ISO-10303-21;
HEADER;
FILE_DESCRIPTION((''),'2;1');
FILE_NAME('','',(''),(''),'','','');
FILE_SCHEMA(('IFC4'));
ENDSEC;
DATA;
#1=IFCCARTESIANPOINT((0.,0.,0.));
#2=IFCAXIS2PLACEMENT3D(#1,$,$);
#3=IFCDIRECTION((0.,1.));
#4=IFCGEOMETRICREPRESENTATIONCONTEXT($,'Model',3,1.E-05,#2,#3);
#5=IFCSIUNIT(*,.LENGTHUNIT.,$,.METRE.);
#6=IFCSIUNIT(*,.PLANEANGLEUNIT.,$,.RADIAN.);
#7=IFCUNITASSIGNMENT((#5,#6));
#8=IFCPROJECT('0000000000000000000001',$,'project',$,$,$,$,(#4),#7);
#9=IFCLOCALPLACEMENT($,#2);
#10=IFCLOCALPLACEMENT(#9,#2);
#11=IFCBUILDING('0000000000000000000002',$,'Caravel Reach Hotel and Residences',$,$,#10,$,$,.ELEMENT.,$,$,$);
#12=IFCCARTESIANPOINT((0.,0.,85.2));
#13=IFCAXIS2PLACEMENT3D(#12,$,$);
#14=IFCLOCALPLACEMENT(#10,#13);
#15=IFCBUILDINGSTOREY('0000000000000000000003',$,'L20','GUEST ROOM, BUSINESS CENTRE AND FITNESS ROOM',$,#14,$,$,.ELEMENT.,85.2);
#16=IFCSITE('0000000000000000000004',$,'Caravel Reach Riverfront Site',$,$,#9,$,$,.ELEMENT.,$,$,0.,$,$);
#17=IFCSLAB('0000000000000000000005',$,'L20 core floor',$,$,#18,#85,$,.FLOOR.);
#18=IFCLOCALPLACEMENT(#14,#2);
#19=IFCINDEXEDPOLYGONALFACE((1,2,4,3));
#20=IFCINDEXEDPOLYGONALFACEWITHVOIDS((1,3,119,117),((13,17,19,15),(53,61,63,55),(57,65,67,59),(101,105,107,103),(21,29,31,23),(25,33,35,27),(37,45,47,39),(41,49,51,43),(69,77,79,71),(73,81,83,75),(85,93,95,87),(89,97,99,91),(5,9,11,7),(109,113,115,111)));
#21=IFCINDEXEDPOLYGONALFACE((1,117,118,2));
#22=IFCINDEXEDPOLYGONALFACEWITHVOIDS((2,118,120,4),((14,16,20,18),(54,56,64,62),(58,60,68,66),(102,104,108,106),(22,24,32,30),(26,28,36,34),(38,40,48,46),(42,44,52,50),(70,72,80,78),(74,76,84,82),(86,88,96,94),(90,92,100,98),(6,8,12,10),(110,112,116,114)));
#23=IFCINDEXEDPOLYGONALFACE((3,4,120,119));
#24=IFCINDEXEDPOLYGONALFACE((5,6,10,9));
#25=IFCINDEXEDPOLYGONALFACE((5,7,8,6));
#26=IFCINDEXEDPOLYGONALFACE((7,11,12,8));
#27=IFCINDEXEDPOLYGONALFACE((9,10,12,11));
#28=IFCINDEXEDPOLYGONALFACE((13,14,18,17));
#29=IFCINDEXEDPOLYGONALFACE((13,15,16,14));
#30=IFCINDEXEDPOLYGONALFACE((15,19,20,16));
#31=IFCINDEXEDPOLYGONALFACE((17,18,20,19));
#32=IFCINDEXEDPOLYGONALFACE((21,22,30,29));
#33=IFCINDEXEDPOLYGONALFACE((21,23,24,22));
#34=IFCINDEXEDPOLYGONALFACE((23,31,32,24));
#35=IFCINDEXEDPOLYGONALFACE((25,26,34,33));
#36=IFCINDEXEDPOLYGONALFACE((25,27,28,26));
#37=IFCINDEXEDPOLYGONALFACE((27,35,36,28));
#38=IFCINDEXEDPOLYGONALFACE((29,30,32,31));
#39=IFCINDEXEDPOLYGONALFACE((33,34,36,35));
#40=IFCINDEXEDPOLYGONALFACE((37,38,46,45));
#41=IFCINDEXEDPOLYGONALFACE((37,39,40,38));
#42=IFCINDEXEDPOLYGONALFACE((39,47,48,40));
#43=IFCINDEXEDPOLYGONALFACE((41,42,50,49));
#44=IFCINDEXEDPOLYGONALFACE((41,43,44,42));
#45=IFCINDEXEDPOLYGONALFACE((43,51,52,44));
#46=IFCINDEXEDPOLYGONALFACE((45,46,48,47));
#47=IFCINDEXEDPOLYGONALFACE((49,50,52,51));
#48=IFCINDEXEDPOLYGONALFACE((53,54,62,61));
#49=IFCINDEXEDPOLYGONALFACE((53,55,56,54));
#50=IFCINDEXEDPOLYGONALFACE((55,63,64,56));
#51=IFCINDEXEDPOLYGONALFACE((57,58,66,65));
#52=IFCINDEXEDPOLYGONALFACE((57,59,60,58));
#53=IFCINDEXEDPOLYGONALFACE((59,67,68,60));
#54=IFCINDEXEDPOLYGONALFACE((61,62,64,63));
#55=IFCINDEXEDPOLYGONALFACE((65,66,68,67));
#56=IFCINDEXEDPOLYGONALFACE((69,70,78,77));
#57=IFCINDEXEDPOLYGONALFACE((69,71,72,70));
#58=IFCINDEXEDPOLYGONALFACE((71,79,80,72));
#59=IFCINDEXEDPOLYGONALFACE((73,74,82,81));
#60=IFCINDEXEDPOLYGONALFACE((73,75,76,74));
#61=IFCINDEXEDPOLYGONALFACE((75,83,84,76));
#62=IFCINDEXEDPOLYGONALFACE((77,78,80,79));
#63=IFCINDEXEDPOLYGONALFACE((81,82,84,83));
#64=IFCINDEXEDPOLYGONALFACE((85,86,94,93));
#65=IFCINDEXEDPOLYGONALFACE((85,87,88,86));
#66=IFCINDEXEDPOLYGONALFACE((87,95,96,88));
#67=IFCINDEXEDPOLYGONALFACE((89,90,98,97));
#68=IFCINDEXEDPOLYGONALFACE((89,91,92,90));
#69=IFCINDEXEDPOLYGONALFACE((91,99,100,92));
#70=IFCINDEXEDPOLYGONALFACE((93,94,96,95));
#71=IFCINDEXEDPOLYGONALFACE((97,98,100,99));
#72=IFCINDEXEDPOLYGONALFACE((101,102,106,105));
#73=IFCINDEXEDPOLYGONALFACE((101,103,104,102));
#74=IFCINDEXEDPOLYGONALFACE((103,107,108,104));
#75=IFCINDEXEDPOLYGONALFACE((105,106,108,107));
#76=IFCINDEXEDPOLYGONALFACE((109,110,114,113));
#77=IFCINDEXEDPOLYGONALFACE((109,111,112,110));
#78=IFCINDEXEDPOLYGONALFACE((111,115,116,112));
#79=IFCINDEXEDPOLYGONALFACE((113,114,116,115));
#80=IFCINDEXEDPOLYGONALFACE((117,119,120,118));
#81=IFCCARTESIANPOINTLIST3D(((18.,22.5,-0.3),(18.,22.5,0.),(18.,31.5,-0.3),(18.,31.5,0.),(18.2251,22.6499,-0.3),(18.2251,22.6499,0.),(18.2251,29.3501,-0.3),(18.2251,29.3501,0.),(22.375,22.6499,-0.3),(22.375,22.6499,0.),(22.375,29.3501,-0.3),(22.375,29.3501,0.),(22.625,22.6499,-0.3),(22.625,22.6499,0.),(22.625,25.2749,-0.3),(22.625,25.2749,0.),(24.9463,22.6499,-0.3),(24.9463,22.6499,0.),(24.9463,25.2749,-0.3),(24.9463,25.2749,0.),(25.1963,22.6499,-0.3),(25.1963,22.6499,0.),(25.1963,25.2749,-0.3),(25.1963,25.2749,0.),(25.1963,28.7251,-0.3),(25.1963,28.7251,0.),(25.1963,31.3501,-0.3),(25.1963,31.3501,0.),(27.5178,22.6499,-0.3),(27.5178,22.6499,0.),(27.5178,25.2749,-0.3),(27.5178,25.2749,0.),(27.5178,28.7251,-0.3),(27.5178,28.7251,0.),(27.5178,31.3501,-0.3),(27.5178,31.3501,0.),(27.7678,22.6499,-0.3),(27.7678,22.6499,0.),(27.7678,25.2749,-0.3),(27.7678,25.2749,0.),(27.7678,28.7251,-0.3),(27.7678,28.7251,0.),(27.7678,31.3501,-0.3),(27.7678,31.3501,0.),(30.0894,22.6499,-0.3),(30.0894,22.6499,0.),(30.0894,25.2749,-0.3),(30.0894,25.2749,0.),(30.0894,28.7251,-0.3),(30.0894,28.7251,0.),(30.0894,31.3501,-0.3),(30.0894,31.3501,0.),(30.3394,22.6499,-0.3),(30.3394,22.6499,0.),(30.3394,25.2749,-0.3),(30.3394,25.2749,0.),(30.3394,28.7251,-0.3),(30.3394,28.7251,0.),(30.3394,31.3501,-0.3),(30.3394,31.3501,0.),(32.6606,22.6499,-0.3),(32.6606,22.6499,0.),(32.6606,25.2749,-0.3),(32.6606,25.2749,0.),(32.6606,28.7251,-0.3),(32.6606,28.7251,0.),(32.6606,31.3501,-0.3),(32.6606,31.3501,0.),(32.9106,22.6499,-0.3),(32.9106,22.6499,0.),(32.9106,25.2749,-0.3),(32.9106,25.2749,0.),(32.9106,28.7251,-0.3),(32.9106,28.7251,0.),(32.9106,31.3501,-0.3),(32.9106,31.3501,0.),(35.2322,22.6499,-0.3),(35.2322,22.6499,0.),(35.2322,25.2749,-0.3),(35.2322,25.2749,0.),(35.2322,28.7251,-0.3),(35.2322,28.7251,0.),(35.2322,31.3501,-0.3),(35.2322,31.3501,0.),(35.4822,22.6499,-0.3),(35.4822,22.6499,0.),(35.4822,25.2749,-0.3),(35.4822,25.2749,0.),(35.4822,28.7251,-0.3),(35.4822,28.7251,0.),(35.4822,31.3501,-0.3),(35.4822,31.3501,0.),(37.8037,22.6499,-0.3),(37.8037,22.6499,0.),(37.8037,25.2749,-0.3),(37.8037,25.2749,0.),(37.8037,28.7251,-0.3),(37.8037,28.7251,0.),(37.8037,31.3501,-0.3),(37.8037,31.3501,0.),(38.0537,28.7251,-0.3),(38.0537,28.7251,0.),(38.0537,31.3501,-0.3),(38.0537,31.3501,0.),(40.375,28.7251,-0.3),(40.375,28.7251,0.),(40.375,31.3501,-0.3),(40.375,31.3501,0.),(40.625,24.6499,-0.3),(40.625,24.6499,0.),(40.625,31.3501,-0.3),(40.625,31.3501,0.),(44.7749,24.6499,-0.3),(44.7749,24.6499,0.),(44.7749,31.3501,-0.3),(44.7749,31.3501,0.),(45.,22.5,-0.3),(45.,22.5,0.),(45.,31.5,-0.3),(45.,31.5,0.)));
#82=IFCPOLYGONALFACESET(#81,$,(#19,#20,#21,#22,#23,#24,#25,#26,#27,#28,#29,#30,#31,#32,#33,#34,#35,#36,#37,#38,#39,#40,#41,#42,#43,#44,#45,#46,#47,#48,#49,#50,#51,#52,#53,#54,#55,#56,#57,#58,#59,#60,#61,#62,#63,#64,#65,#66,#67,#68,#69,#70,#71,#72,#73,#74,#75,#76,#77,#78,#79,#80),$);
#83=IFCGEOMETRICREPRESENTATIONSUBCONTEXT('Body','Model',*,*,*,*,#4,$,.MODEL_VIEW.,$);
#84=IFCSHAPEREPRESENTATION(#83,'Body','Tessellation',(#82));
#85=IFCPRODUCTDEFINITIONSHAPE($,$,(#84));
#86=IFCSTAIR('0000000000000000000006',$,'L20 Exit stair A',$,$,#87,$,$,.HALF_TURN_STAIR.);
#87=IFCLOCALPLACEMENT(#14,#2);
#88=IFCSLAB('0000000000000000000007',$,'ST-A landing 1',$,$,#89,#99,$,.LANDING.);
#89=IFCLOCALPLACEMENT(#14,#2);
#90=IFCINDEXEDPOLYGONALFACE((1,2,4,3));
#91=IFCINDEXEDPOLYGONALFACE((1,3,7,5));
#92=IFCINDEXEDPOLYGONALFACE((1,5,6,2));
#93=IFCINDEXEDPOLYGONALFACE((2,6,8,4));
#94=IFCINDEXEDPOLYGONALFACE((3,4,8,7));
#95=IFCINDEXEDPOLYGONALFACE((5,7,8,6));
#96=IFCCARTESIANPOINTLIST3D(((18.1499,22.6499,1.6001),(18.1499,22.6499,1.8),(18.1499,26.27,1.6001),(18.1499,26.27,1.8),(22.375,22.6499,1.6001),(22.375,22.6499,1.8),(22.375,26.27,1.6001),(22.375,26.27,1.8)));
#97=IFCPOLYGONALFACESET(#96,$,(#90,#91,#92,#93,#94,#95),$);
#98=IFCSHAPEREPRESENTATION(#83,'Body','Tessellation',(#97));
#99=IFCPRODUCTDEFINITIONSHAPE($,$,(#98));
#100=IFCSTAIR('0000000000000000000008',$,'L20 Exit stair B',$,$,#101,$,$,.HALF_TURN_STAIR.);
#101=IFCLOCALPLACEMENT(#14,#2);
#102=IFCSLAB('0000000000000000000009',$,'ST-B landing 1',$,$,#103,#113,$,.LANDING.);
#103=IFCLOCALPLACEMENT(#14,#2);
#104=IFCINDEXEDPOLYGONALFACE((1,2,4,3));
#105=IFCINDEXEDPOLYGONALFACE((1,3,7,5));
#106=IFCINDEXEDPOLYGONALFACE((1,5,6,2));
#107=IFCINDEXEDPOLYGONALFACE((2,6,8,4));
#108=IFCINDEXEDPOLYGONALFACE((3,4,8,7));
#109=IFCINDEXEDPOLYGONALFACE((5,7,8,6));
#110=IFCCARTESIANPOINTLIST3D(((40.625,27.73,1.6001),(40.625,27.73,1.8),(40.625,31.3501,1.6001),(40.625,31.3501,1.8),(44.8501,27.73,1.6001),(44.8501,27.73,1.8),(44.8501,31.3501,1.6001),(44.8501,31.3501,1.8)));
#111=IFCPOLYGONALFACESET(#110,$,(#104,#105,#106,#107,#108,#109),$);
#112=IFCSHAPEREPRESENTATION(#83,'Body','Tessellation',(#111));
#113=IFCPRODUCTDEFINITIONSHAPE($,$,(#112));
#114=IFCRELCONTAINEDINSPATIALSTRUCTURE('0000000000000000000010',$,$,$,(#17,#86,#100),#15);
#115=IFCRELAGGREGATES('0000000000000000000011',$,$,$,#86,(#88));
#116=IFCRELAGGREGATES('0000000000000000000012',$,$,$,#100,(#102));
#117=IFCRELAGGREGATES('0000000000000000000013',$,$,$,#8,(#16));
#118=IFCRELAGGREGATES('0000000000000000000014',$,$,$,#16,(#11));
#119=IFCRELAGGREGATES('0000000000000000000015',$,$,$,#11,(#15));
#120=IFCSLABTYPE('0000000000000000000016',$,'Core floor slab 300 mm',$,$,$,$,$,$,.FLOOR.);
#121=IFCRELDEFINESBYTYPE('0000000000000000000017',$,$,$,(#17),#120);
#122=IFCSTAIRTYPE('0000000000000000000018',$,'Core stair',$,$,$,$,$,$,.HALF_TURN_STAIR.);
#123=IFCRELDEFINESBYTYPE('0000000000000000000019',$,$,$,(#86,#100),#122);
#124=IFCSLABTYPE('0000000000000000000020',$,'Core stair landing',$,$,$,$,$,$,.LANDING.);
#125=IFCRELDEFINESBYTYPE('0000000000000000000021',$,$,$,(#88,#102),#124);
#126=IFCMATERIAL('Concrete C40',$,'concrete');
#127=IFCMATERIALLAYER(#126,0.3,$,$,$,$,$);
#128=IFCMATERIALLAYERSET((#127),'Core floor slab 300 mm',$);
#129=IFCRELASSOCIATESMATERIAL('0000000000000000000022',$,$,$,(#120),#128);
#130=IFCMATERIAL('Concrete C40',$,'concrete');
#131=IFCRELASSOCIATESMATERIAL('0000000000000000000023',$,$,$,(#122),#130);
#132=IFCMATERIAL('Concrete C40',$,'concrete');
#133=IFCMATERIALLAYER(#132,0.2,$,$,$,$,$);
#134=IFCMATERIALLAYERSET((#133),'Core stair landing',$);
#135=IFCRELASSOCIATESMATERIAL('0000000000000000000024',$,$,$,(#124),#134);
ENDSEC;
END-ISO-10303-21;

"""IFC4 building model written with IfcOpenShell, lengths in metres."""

from ifc_helpers import new_model, si_unit, direction, frame, origin, place, context, subcontext, project, spatial, polyline, outline, extrude, material, layer, layer_set, type_object, element, aggregate, save


model = new_model("IFC4")

# Units and contexts
model_context = context("Model", 3, precision=1e-05, world=origin(), true_north=direction((0.0, 1.0)))
body_context = subcontext(model_context, "Body", "Model", "MODEL_VIEW")
ifc_project = project(units=[si_unit("LENGTHUNIT", "METRE"), si_unit("PLANEANGLEUNIT", "RADIAN")], contexts=[model_context])

# Site, building, storey
site_placement = place(None, origin())
site = spatial("IfcSite", under=ifc_project, at=site_placement, Name="Caravel Reach Riverfront Site", CompositionType="ELEMENT", RefElevation=0.0)
building_placement = place(site_placement, origin())
building = spatial("IfcBuilding", under=site, at=building_placement, Name="Caravel Reach Hotel and Residences", CompositionType="ELEMENT")
storey_placement = place(building_placement, frame((0.0, 0.0, 85.2)))
storey = spatial("IfcBuildingStorey", under=building, at=storey_placement, Name="L20", Description="GUEST ROOM, BUSINESS CENTRE AND FITNESS ROOM", CompositionType="ELEMENT", Elevation=85.2)

# Slab
ifc_material_1 = material(Name="Concrete C40", Category="concrete")
ifc_layer_1 = layer(ifc_material_1, 0.3)
ifc_layer_set_1 = layer_set([ifc_layer_1], Name="Core floor slab 300 mm")
slab_type_1 = type_object("IfcSlabType", Name="Core floor slab 300 mm", PredefinedType="FLOOR", material=ifc_layer_set_1)
slab_1_placement = place(storey_placement, frame((0.0, 0.0, -0.3)))
element("IfcSlab", 1, at=slab_1_placement, inside=storey, type_object=slab_type_1, Name="L20 core floor", PredefinedType="FLOOR", context=body_context, shape_type="SweptSolid", body=[
    extrude(outline(polyline([(18.0, 31.5), (45.0, 31.5), (45.0, 22.5), (18.0, 22.5), (18.0, 31.5)]), holes=[polyline([(22.625, 25.2749), (22.625, 22.6499), (24.9463, 22.6499), (24.9463, 25.2749), (22.625, 25.2749)]), polyline([(27.5178, 25.2749), (25.1963, 25.2749), (25.1963, 22.6499), (27.5178, 22.6499), (27.5178, 25.2749)]), polyline([(30.0894, 25.2749), (27.7678, 25.2749), (27.7678, 22.6499), (30.0894, 22.6499), (30.0894, 25.2749)]), polyline([(32.6606, 25.2749), (30.3394, 25.2749), (30.3394, 22.6499), (32.6606, 22.6499), (32.6606, 25.2749)]), polyline([(18.2251, 22.6499), (22.375, 22.6499), (22.375, 29.3501), (18.2251, 29.3501), (18.2251, 22.6499)]), polyline([(27.5178, 31.3501), (25.1963, 31.3501), (25.1963, 28.7251), (27.5178, 28.7251), (27.5178, 31.3501)]), polyline([(30.0894, 31.3501), (27.7678, 31.3501), (27.7678, 28.7251), (30.0894, 28.7251), (30.0894, 31.3501)]), polyline([(32.9106, 25.2749), (32.9106, 22.6499), (35.2322, 22.6499), (35.2322, 25.2749), (32.9106, 25.2749)]), polyline([(37.8037, 25.2749), (35.4822, 25.2749), (35.4822, 22.6499), (37.8037, 22.6499), (37.8037, 25.2749)]), polyline([(44.7749, 31.3501), (40.625, 31.3501), (40.625, 24.6499), (44.7749, 24.6499), (44.7749, 31.3501)]), polyline([(32.6606, 31.3501), (30.3394, 31.3501), (30.3394, 28.7251), (32.6606, 28.7251), (32.6606, 31.3501)]), polyline([(35.2322, 31.3501), (32.9106, 31.3501), (32.9106, 28.7251), (35.2322, 28.7251), (35.2322, 31.3501)]), polyline([(37.8037, 31.3501), (35.4822, 31.3501), (35.4822, 28.7251), (37.8037, 28.7251), (37.8037, 31.3501)]), polyline([(40.375, 31.3501), (38.0537, 31.3501), (38.0537, 28.7251), (40.375, 28.7251), (40.375, 31.3501)])]), origin(), (0.0, 0.0, 1.0), 0.3),
])

# Stairs, slabs
ifc_material_2 = material(Name="Concrete C40", Category="concrete")
stair_type = type_object("IfcStairType", Name="Core stair", PredefinedType="HALF_TURN_STAIR", material=ifc_material_2)
stair_1_placement = place(storey_placement, origin())
stair_1 = element("IfcStair", 2, at=stair_1_placement, inside=storey, type_object=stair_type, Name="L20 Exit stair A", PredefinedType="HALF_TURN_STAIR")
ifc_material_3 = material(Name="Concrete C40", Category="concrete")
ifc_layer_2 = layer(ifc_material_3, 0.2)
ifc_layer_set_2 = layer_set([ifc_layer_2], Name="Core stair landing")
slab_type_2 = type_object("IfcSlabType", Name="Core stair landing", PredefinedType="LANDING", material=ifc_layer_set_2)
slab_2_placement = place(storey_placement, frame((0.0, 0.0, 1.6001)))
slab_2 = element("IfcSlab", 3, at=slab_2_placement, type_object=slab_type_2, Name="ST-A landing 1", PredefinedType="LANDING", context=body_context, shape_type="SweptSolid", body=[
    extrude(outline(polyline([(18.1499, 26.27), (18.1499, 22.6499), (22.375, 22.6499), (22.375, 26.27), (18.1499, 26.27)])), origin(), (0.0, 0.0, 1.0), 0.2),
])
aggregate(stair_1, [slab_2])
stair_2_placement = place(storey_placement, origin())
stair_2 = element("IfcStair", 4, at=stair_2_placement, inside=storey, type_object=stair_type, Name="L20 Exit stair B", PredefinedType="HALF_TURN_STAIR")
slab_3_placement = place(storey_placement, frame((0.0, 0.0, 1.6001)))
slab_3 = element("IfcSlab", 5, at=slab_3_placement, type_object=slab_type_2, Name="ST-B landing 1", PredefinedType="LANDING", context=body_context, shape_type="SweptSolid", body=[
    extrude(outline(polyline([(44.8501, 27.73), (44.8501, 31.3501), (40.625, 31.3501), (40.625, 27.73), (44.8501, 27.73)])), origin(), (0.0, 0.0, 1.0), 0.2),
])
aggregate(stair_2, [slab_3])

save(model, "model.ifc")
